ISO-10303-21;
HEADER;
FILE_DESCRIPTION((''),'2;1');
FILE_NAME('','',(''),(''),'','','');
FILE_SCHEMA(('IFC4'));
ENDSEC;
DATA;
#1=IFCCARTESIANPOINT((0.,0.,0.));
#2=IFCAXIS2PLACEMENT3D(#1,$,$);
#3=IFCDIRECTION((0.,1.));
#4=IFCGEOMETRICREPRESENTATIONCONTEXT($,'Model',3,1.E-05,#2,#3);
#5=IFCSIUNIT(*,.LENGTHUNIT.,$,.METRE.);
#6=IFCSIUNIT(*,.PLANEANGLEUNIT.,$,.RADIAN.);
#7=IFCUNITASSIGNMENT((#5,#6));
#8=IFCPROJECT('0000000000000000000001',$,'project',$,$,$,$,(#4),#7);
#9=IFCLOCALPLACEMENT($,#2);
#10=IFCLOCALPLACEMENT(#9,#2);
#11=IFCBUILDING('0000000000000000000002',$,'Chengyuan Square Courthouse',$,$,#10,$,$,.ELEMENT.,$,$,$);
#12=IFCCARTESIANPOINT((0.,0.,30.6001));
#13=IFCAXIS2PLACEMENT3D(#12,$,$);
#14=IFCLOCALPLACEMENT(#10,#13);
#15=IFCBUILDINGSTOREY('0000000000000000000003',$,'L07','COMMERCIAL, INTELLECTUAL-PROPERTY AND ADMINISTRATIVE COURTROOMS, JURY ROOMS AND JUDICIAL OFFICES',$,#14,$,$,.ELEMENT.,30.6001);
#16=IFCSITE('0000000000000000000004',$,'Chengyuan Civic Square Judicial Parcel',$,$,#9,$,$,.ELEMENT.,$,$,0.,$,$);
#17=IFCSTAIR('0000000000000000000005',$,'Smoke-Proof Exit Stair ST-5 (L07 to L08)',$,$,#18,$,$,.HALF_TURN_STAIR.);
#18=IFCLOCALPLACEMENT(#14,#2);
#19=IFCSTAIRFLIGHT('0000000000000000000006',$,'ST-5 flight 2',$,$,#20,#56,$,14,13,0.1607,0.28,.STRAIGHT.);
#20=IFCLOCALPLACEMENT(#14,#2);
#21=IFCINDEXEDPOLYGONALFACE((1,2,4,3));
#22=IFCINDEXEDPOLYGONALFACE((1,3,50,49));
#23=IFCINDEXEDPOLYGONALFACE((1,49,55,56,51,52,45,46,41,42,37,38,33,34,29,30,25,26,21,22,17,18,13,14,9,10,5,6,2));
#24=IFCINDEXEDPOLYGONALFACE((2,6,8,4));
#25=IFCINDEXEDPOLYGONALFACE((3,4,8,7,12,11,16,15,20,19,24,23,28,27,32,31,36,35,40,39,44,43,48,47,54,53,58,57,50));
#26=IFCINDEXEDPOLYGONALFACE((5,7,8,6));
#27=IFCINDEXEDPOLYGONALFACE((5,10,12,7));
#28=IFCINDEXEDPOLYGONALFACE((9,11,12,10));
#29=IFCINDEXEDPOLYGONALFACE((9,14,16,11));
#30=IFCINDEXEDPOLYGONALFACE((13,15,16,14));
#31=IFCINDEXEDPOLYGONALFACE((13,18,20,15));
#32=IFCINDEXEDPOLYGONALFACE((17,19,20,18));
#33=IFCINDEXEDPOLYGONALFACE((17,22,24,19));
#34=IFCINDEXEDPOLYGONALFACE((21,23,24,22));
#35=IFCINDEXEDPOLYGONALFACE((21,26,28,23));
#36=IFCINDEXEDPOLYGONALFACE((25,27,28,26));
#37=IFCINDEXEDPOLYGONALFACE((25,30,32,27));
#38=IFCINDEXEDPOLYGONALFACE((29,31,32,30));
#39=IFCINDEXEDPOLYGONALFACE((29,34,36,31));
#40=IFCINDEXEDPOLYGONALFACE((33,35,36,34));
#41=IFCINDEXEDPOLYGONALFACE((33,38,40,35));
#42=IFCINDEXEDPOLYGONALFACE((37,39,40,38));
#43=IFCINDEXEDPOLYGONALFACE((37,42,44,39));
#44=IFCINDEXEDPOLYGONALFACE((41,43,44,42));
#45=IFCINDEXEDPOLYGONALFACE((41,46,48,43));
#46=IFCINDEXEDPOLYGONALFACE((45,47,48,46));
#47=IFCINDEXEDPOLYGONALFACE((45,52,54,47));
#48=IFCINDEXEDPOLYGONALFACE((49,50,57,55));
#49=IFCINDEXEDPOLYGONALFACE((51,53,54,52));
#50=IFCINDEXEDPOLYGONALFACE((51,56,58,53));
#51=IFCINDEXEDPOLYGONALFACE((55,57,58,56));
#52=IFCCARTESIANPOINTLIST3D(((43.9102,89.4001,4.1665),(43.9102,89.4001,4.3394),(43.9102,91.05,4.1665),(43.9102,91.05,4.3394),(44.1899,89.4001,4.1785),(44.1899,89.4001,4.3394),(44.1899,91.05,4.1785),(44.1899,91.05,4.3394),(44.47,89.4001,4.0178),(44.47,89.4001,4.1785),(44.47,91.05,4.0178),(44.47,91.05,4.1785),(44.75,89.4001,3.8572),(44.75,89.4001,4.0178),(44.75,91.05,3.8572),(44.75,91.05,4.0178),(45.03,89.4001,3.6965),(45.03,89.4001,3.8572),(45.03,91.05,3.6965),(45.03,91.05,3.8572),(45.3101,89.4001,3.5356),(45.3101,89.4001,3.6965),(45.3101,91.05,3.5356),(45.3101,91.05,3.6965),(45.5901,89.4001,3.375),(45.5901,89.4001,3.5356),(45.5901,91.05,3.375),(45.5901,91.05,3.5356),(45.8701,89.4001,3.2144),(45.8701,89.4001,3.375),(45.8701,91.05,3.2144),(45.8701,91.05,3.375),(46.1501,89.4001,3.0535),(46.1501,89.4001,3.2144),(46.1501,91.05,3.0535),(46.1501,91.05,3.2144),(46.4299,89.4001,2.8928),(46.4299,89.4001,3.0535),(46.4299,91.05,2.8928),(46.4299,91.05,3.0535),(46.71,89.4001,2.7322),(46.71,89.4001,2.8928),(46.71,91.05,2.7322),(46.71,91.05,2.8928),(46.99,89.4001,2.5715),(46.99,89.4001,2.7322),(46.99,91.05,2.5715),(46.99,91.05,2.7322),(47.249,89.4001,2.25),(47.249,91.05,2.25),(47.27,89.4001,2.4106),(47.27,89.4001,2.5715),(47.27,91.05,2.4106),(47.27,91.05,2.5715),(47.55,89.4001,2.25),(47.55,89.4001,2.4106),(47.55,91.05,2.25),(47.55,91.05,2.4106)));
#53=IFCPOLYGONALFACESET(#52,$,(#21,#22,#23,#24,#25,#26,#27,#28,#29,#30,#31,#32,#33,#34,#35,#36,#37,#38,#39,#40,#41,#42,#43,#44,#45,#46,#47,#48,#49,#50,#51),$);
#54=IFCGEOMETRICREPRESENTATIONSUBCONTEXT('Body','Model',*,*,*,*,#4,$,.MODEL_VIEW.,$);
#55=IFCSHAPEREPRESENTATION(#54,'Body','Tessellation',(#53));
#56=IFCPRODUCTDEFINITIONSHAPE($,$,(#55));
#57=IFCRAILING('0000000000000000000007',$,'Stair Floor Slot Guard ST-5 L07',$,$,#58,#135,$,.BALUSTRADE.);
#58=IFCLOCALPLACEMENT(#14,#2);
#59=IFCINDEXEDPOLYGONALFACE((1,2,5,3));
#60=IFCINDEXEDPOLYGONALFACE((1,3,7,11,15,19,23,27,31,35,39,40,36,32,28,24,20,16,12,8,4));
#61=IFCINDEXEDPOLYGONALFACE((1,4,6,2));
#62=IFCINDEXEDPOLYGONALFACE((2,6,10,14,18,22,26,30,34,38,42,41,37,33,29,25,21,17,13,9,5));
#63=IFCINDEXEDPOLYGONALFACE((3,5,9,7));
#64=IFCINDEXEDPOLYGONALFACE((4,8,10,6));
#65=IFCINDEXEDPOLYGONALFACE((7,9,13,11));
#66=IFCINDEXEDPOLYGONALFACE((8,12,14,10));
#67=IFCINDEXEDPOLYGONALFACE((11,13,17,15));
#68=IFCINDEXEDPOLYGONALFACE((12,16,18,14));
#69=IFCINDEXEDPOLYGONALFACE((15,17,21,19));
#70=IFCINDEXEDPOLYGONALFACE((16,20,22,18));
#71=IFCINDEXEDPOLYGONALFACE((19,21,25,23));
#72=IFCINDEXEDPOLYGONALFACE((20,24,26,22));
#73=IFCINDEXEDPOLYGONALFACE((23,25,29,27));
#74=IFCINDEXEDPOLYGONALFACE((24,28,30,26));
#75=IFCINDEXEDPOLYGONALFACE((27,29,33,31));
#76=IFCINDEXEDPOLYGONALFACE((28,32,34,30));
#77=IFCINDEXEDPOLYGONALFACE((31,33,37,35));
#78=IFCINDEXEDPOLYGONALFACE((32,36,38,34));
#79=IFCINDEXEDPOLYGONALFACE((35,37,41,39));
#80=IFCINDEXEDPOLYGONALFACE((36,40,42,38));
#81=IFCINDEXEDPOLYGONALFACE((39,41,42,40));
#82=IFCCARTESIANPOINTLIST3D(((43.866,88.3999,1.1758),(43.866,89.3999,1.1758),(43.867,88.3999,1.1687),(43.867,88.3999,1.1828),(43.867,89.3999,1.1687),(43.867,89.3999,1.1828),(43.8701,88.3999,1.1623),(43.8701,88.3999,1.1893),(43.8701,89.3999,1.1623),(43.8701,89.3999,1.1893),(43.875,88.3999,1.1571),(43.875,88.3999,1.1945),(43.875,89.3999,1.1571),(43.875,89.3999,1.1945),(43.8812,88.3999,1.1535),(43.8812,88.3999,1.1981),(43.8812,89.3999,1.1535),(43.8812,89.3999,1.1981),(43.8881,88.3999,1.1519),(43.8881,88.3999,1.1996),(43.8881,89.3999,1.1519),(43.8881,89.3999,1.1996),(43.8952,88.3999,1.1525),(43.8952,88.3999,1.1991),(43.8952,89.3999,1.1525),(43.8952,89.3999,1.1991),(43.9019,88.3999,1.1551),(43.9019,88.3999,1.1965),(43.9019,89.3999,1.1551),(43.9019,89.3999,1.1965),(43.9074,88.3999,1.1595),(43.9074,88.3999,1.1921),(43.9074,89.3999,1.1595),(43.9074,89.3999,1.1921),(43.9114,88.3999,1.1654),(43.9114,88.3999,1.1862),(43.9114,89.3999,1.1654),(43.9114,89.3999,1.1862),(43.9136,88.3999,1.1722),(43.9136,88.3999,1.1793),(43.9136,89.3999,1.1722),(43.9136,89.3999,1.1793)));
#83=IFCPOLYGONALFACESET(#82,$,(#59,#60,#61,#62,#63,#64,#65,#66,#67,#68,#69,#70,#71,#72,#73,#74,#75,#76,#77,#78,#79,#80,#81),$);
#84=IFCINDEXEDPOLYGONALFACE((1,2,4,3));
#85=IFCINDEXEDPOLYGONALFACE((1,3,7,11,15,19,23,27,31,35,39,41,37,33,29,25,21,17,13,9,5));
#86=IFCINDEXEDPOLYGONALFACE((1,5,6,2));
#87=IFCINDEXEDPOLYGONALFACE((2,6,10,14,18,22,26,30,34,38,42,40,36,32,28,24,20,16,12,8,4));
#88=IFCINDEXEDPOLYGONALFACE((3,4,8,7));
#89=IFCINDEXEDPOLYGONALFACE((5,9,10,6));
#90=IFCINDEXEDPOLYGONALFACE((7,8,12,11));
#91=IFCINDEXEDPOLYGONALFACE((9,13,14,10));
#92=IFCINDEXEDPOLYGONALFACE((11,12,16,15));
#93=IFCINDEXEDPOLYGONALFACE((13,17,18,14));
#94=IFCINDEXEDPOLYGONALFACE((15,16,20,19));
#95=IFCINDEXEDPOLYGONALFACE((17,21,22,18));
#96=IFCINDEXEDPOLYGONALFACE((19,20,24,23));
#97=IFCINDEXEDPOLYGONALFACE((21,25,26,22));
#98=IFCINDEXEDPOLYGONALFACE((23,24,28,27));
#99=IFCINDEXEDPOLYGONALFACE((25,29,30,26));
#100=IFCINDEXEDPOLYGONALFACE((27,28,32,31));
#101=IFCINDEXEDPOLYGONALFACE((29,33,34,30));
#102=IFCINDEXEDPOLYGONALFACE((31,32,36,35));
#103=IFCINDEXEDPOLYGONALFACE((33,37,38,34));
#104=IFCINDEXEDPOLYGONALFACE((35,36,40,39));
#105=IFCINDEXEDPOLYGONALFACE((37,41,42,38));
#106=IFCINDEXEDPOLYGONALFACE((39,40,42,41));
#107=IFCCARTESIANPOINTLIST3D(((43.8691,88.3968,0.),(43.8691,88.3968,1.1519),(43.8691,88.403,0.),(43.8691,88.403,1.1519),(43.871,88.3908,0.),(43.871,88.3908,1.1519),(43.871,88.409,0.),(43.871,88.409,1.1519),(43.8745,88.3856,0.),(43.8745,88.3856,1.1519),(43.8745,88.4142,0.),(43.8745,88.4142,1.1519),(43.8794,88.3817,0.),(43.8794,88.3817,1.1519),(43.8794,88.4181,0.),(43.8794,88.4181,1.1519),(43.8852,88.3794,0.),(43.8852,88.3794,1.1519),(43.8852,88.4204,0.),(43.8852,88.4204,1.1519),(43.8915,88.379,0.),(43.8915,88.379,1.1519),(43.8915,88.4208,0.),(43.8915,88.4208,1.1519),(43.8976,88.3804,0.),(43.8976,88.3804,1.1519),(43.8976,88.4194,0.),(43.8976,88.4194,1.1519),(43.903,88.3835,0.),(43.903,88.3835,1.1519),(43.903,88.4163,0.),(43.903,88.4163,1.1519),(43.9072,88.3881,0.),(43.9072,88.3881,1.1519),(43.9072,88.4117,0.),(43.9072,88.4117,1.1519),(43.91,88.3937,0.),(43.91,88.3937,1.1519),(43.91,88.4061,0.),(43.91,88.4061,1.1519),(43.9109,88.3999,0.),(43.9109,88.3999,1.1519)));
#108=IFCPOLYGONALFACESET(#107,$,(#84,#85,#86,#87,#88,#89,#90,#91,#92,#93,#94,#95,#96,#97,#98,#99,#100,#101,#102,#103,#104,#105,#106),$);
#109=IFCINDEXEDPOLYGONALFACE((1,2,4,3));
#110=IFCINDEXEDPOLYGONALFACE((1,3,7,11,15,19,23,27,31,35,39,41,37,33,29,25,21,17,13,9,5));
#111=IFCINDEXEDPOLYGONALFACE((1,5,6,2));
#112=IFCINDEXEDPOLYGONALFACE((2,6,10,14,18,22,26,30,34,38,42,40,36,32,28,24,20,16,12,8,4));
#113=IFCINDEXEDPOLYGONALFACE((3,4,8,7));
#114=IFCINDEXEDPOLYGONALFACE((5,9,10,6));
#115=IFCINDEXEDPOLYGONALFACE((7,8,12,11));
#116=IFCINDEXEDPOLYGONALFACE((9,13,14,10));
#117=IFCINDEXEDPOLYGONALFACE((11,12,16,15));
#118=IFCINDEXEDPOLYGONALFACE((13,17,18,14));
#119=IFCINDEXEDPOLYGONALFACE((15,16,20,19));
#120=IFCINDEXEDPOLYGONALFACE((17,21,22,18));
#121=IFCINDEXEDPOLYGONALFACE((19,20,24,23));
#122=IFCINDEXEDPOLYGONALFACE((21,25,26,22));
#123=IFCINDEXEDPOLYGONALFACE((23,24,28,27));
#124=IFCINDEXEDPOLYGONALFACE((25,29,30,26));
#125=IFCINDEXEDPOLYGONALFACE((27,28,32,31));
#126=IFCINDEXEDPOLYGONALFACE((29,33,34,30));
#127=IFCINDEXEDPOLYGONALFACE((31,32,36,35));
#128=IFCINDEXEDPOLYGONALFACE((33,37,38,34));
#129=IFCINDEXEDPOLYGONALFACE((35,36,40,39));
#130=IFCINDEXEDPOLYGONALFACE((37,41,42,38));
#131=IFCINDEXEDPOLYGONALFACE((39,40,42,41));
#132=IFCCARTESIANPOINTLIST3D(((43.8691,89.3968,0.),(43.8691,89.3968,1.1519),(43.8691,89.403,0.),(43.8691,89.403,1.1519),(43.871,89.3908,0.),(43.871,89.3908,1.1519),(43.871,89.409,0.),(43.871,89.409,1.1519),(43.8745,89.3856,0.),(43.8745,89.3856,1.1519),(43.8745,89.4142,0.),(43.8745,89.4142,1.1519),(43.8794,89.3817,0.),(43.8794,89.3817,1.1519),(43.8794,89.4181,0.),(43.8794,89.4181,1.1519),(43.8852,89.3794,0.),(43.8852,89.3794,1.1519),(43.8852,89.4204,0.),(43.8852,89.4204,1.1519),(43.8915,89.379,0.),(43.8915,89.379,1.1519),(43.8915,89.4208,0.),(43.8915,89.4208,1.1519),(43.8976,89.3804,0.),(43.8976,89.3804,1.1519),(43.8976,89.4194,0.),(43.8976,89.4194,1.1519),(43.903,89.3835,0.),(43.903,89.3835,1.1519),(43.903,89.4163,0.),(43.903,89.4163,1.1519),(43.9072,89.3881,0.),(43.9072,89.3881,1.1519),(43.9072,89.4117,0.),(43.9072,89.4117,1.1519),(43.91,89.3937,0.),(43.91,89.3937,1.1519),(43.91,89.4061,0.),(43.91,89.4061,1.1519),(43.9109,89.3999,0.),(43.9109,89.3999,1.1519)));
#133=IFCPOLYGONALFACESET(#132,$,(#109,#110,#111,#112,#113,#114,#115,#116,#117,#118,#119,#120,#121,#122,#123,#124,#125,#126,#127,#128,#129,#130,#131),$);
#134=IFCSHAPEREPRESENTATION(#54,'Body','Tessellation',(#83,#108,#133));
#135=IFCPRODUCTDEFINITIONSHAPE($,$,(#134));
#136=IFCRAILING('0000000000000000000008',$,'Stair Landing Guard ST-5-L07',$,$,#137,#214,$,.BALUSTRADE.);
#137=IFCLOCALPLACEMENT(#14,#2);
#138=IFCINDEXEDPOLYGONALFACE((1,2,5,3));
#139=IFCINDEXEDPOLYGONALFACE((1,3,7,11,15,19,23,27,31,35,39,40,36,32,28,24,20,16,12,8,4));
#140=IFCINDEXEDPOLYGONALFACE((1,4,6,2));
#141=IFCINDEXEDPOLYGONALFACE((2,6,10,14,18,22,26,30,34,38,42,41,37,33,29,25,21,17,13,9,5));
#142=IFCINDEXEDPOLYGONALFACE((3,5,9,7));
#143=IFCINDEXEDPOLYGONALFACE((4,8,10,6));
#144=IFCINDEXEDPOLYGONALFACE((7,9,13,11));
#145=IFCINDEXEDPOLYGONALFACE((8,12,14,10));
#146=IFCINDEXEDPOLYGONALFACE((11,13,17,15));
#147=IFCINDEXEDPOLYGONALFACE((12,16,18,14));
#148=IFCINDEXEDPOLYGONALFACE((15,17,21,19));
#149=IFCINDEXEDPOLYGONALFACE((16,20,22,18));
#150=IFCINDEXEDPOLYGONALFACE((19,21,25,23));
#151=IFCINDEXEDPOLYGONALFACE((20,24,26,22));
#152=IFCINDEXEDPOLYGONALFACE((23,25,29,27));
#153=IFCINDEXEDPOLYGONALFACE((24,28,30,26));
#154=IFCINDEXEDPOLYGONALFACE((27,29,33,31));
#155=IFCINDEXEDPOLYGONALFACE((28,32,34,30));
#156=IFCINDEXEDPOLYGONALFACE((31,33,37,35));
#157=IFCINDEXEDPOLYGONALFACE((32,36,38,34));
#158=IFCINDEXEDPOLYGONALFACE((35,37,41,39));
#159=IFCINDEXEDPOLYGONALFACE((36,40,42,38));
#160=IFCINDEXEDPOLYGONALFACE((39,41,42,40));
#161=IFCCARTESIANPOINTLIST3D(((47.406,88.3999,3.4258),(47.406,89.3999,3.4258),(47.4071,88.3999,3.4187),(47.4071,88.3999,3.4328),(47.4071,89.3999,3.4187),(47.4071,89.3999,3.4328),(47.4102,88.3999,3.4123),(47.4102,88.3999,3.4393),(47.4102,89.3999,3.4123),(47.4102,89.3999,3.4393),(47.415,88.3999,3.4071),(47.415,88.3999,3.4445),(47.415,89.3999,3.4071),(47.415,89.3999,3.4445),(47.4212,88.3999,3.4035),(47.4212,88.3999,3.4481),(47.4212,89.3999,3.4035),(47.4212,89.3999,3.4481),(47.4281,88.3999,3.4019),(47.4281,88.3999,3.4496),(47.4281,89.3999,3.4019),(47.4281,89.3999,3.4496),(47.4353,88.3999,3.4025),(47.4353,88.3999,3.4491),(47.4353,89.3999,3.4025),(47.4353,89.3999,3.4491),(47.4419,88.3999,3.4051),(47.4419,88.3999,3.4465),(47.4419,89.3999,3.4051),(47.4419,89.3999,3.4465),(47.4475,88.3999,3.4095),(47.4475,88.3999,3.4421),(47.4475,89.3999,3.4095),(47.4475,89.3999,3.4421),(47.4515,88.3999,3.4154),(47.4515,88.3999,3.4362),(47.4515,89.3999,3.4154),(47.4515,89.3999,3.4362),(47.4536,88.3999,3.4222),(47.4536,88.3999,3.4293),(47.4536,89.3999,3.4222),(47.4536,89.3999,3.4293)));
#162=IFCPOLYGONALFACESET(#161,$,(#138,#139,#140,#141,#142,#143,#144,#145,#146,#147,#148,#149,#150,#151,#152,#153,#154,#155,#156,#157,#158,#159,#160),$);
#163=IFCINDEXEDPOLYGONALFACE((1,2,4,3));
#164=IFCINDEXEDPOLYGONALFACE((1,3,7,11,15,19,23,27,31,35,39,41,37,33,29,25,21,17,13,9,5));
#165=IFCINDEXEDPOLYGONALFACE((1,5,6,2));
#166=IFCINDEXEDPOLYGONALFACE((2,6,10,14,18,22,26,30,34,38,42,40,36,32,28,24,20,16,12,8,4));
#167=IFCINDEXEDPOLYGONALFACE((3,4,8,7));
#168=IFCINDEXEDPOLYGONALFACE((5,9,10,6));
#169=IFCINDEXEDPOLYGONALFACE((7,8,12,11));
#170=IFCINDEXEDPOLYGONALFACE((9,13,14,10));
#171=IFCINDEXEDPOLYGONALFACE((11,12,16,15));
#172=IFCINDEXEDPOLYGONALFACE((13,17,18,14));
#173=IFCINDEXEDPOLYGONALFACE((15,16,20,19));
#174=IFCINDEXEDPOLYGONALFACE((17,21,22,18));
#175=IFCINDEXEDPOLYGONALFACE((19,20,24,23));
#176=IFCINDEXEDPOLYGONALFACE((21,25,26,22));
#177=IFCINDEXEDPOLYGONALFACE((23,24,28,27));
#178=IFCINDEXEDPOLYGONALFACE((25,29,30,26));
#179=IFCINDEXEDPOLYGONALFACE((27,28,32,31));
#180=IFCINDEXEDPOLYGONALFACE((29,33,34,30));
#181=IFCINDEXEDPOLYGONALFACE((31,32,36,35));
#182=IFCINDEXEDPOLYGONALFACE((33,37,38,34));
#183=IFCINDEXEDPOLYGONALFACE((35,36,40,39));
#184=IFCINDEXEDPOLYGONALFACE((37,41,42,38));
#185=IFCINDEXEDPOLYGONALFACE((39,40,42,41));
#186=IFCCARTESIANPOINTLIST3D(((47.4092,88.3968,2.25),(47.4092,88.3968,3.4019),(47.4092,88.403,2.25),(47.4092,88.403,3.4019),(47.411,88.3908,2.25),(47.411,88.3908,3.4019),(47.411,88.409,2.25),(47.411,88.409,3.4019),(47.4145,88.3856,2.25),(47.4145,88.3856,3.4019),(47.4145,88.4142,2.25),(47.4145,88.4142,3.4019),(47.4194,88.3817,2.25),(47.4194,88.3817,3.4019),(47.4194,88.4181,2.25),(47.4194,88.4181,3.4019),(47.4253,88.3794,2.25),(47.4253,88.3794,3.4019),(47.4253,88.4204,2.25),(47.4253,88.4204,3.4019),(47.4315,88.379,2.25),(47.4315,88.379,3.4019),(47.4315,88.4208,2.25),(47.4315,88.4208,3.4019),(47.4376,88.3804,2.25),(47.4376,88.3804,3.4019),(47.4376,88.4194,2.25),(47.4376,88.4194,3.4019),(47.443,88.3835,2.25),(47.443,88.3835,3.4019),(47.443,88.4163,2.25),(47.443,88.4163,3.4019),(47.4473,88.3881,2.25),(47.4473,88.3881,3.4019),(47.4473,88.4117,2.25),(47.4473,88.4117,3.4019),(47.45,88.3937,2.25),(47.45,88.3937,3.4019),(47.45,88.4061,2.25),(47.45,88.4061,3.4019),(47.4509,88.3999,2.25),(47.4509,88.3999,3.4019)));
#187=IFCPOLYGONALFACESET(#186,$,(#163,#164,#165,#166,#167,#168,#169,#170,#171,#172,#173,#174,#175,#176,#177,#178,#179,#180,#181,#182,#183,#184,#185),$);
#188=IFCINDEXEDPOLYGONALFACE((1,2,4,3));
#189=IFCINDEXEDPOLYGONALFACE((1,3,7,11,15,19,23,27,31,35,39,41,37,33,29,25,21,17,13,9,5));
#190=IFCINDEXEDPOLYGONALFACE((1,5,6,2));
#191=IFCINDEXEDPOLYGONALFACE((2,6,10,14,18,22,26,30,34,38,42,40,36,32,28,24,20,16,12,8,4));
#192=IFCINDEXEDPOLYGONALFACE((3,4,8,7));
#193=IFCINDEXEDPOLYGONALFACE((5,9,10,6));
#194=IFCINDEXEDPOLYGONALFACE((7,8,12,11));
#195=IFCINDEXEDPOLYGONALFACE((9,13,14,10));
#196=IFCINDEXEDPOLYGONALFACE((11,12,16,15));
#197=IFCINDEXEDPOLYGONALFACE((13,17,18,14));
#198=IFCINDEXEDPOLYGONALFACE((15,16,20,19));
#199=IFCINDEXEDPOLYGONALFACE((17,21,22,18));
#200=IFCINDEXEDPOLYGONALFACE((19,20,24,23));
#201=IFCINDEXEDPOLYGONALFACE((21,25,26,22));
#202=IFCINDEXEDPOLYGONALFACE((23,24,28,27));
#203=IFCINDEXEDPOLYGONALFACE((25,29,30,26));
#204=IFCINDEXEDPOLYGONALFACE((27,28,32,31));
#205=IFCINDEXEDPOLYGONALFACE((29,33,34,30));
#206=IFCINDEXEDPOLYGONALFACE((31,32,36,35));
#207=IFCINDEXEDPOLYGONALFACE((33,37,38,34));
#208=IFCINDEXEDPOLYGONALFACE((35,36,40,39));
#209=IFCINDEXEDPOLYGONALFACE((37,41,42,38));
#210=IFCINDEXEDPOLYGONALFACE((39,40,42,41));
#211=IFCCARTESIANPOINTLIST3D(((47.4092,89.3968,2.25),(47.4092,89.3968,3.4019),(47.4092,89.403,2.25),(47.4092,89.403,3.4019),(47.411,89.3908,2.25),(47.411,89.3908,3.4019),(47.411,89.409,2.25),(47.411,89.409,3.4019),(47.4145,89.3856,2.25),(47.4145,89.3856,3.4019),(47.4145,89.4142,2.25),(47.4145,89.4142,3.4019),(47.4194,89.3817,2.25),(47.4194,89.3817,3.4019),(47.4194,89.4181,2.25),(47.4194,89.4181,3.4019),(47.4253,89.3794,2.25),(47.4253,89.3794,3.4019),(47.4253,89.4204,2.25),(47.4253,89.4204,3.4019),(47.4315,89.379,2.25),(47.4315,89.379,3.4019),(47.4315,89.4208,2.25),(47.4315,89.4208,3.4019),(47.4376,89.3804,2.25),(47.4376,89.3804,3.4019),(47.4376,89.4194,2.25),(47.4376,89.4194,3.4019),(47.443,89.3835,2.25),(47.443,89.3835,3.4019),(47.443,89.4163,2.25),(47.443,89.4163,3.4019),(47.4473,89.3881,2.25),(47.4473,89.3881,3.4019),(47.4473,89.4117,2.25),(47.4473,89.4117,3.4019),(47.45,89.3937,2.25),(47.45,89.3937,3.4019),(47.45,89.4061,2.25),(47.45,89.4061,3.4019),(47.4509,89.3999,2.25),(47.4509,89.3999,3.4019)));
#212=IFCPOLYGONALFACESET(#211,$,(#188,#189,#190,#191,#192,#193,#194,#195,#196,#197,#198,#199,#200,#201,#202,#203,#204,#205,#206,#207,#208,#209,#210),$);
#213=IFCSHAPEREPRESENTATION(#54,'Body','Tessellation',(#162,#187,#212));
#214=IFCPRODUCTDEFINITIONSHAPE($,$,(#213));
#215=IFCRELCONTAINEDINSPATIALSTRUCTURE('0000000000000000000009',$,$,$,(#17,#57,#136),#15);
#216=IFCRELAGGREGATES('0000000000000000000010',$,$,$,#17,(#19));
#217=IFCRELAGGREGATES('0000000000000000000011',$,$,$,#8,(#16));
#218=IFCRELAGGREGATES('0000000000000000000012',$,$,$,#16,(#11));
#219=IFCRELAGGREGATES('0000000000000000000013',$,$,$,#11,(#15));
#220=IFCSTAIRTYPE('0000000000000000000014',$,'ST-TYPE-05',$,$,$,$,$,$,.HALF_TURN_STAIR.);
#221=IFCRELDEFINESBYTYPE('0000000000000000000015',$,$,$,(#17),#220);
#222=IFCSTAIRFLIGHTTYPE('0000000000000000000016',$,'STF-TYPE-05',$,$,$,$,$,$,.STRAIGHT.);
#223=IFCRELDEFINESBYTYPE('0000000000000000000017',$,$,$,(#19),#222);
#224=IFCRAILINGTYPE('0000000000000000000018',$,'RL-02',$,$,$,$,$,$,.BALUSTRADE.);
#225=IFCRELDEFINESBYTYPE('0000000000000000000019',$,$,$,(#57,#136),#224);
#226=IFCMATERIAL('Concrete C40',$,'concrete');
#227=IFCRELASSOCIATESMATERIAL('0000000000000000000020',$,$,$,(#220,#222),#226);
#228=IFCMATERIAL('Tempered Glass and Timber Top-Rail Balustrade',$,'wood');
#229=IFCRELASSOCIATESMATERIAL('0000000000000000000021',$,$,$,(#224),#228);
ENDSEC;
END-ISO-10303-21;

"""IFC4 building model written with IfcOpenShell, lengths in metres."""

from ifc_helpers import new_model, si_unit, direction, frame, origin, origin_2d, place, context, subcontext, project, spatial, polyline, circle, outline, extrude, material, type_object, element, aggregate, save


model = new_model("IFC4")

# Units and contexts
model_context = context("Model", 3, precision=1e-05, world=origin(), true_north=direction((0.0, 1.0)))
body_context = subcontext(model_context, "Body", "Model", "MODEL_VIEW")
ifc_project = project(units=[si_unit("LENGTHUNIT", "METRE"), si_unit("PLANEANGLEUNIT", "RADIAN")], contexts=[model_context])

# Site, building, storey
site_placement = place(None, origin())
site = spatial("IfcSite", under=ifc_project, at=site_placement, Name="Chengyuan Civic Square Judicial Parcel", CompositionType="ELEMENT", RefElevation=0.0)
building_placement = place(site_placement, origin())
building = spatial("IfcBuilding", under=site, at=building_placement, Name="Chengyuan Square Courthouse", CompositionType="ELEMENT")
storey_placement = place(building_placement, frame((0.0, 0.0, 30.6001)))
storey = spatial("IfcBuildingStorey", under=building, at=storey_placement, Name="L07", Description="COMMERCIAL, INTELLECTUAL-PROPERTY AND ADMINISTRATIVE COURTROOMS, JURY ROOMS AND JUDICIAL OFFICES", CompositionType="ELEMENT", Elevation=30.6001)

# Shared definitions
ifc_material_1 = material(Name="Concrete C40", Category="concrete")

# Stair, stair flight
stair_type = type_object("IfcStairType", Name="ST-TYPE-05", PredefinedType="HALF_TURN_STAIR", material=ifc_material_1)
stair_placement = place(storey_placement, origin())
stair = element("IfcStair", 1, at=stair_placement, inside=storey, type_object=stair_type, Name="Smoke-Proof Exit Stair ST-5 (L07 to L08)", PredefinedType="HALF_TURN_STAIR")
stair_flight_type = type_object("IfcStairFlightType", Name="STF-TYPE-05", PredefinedType="STRAIGHT", material=ifc_material_1)
stair_flight_1_placement = place(storey_placement, frame((47.55, 90.2251, 2.25), z_axis=(0.0, 0.0, 1.0), x_axis=(-1.0, 0.0, 0.0)))
stair_flight_1 = element("IfcStairFlight", 2, at=stair_flight_1_placement, type_object=stair_flight_type, Name="ST-5 flight 2", NumberOfRisers=14, NumberOfTreads=13, PredefinedType="STRAIGHT", RiserHeight=0.1607, TreadLength=0.28, context=body_context, shape_type="SweptSolid", body=[
    extrude(outline(polyline([(0.0, 0.0), (0.0, 0.1606), (0.28, 0.1606), (0.28, 0.3215), (0.5601, 0.3215), (0.5601, 0.4822), (0.8401, 0.4822), (0.8401, 0.6428), (1.1201, 0.6428), (1.1201, 0.8035), (1.3999, 0.8035), (1.3999, 0.9644), (1.6799, 0.9644), (1.6799, 1.125), (1.96, 1.125), (1.96, 1.2856), (2.24, 1.2856), (2.24, 1.4465), (2.52, 1.4465), (2.52, 1.6072), (2.8, 1.6072), (2.8, 1.7678), (3.0801, 1.7678), (3.0801, 1.9285), (3.3601, 1.9285), (3.3601, 2.0894), (3.6399, 2.0894), (3.6399, 2.25), (3.6399, 1.9165), (0.301, 0.0), (0.0, 0.0)])), frame((0.0, 0.825, 0.0), z_axis=(0.0, -1.0, 0.0), x_axis=(1.0, 0.0, 0.0)), (0.0, 0.0, 1.0), 1.6499),
])
aggregate(stair, [stair_flight_1])

# Railings
ifc_material_2 = material(Name="Tempered Glass and Timber Top-Rail Balustrade", Category="wood")
railing_type_1 = type_object("IfcRailingType", Name="RL-02", PredefinedType="BALUSTRADE", material=ifc_material_2)
for number, where, name in (
    (3, (43.8899, 88.3999, 0.0), "Stair Floor Slot Guard ST-5 L07"),
    (4, (47.4299, 88.3999, 2.25), "Stair Landing Guard ST-5-L07"),
):
    element("IfcRailing", number, at=place(storey_placement, frame(where)), inside=storey, type_object=railing_type_1, Name=name, PredefinedType="BALUSTRADE", context=body_context, shape_type="SweptSolid", body=[
        extrude(circle(Radius=0.0239, at=origin_2d()), frame((0.0, 0.0, 1.1758), z_axis=(0.0, 1.0, 0.0), x_axis=(-1.0, 0.0, 0.0)), (0.0, 0.0, 1.0), 1.0),
        extrude(circle(Radius=0.021, at=origin_2d()), origin(), (0.0, 0.0, 1.0), 1.1519),
        extrude(circle(Radius=0.021, at=origin_2d()), frame((0.0, 1.0, 0.0)), (0.0, 0.0, 1.0), 1.1519),
    ])

save(model, "model.ifc")
